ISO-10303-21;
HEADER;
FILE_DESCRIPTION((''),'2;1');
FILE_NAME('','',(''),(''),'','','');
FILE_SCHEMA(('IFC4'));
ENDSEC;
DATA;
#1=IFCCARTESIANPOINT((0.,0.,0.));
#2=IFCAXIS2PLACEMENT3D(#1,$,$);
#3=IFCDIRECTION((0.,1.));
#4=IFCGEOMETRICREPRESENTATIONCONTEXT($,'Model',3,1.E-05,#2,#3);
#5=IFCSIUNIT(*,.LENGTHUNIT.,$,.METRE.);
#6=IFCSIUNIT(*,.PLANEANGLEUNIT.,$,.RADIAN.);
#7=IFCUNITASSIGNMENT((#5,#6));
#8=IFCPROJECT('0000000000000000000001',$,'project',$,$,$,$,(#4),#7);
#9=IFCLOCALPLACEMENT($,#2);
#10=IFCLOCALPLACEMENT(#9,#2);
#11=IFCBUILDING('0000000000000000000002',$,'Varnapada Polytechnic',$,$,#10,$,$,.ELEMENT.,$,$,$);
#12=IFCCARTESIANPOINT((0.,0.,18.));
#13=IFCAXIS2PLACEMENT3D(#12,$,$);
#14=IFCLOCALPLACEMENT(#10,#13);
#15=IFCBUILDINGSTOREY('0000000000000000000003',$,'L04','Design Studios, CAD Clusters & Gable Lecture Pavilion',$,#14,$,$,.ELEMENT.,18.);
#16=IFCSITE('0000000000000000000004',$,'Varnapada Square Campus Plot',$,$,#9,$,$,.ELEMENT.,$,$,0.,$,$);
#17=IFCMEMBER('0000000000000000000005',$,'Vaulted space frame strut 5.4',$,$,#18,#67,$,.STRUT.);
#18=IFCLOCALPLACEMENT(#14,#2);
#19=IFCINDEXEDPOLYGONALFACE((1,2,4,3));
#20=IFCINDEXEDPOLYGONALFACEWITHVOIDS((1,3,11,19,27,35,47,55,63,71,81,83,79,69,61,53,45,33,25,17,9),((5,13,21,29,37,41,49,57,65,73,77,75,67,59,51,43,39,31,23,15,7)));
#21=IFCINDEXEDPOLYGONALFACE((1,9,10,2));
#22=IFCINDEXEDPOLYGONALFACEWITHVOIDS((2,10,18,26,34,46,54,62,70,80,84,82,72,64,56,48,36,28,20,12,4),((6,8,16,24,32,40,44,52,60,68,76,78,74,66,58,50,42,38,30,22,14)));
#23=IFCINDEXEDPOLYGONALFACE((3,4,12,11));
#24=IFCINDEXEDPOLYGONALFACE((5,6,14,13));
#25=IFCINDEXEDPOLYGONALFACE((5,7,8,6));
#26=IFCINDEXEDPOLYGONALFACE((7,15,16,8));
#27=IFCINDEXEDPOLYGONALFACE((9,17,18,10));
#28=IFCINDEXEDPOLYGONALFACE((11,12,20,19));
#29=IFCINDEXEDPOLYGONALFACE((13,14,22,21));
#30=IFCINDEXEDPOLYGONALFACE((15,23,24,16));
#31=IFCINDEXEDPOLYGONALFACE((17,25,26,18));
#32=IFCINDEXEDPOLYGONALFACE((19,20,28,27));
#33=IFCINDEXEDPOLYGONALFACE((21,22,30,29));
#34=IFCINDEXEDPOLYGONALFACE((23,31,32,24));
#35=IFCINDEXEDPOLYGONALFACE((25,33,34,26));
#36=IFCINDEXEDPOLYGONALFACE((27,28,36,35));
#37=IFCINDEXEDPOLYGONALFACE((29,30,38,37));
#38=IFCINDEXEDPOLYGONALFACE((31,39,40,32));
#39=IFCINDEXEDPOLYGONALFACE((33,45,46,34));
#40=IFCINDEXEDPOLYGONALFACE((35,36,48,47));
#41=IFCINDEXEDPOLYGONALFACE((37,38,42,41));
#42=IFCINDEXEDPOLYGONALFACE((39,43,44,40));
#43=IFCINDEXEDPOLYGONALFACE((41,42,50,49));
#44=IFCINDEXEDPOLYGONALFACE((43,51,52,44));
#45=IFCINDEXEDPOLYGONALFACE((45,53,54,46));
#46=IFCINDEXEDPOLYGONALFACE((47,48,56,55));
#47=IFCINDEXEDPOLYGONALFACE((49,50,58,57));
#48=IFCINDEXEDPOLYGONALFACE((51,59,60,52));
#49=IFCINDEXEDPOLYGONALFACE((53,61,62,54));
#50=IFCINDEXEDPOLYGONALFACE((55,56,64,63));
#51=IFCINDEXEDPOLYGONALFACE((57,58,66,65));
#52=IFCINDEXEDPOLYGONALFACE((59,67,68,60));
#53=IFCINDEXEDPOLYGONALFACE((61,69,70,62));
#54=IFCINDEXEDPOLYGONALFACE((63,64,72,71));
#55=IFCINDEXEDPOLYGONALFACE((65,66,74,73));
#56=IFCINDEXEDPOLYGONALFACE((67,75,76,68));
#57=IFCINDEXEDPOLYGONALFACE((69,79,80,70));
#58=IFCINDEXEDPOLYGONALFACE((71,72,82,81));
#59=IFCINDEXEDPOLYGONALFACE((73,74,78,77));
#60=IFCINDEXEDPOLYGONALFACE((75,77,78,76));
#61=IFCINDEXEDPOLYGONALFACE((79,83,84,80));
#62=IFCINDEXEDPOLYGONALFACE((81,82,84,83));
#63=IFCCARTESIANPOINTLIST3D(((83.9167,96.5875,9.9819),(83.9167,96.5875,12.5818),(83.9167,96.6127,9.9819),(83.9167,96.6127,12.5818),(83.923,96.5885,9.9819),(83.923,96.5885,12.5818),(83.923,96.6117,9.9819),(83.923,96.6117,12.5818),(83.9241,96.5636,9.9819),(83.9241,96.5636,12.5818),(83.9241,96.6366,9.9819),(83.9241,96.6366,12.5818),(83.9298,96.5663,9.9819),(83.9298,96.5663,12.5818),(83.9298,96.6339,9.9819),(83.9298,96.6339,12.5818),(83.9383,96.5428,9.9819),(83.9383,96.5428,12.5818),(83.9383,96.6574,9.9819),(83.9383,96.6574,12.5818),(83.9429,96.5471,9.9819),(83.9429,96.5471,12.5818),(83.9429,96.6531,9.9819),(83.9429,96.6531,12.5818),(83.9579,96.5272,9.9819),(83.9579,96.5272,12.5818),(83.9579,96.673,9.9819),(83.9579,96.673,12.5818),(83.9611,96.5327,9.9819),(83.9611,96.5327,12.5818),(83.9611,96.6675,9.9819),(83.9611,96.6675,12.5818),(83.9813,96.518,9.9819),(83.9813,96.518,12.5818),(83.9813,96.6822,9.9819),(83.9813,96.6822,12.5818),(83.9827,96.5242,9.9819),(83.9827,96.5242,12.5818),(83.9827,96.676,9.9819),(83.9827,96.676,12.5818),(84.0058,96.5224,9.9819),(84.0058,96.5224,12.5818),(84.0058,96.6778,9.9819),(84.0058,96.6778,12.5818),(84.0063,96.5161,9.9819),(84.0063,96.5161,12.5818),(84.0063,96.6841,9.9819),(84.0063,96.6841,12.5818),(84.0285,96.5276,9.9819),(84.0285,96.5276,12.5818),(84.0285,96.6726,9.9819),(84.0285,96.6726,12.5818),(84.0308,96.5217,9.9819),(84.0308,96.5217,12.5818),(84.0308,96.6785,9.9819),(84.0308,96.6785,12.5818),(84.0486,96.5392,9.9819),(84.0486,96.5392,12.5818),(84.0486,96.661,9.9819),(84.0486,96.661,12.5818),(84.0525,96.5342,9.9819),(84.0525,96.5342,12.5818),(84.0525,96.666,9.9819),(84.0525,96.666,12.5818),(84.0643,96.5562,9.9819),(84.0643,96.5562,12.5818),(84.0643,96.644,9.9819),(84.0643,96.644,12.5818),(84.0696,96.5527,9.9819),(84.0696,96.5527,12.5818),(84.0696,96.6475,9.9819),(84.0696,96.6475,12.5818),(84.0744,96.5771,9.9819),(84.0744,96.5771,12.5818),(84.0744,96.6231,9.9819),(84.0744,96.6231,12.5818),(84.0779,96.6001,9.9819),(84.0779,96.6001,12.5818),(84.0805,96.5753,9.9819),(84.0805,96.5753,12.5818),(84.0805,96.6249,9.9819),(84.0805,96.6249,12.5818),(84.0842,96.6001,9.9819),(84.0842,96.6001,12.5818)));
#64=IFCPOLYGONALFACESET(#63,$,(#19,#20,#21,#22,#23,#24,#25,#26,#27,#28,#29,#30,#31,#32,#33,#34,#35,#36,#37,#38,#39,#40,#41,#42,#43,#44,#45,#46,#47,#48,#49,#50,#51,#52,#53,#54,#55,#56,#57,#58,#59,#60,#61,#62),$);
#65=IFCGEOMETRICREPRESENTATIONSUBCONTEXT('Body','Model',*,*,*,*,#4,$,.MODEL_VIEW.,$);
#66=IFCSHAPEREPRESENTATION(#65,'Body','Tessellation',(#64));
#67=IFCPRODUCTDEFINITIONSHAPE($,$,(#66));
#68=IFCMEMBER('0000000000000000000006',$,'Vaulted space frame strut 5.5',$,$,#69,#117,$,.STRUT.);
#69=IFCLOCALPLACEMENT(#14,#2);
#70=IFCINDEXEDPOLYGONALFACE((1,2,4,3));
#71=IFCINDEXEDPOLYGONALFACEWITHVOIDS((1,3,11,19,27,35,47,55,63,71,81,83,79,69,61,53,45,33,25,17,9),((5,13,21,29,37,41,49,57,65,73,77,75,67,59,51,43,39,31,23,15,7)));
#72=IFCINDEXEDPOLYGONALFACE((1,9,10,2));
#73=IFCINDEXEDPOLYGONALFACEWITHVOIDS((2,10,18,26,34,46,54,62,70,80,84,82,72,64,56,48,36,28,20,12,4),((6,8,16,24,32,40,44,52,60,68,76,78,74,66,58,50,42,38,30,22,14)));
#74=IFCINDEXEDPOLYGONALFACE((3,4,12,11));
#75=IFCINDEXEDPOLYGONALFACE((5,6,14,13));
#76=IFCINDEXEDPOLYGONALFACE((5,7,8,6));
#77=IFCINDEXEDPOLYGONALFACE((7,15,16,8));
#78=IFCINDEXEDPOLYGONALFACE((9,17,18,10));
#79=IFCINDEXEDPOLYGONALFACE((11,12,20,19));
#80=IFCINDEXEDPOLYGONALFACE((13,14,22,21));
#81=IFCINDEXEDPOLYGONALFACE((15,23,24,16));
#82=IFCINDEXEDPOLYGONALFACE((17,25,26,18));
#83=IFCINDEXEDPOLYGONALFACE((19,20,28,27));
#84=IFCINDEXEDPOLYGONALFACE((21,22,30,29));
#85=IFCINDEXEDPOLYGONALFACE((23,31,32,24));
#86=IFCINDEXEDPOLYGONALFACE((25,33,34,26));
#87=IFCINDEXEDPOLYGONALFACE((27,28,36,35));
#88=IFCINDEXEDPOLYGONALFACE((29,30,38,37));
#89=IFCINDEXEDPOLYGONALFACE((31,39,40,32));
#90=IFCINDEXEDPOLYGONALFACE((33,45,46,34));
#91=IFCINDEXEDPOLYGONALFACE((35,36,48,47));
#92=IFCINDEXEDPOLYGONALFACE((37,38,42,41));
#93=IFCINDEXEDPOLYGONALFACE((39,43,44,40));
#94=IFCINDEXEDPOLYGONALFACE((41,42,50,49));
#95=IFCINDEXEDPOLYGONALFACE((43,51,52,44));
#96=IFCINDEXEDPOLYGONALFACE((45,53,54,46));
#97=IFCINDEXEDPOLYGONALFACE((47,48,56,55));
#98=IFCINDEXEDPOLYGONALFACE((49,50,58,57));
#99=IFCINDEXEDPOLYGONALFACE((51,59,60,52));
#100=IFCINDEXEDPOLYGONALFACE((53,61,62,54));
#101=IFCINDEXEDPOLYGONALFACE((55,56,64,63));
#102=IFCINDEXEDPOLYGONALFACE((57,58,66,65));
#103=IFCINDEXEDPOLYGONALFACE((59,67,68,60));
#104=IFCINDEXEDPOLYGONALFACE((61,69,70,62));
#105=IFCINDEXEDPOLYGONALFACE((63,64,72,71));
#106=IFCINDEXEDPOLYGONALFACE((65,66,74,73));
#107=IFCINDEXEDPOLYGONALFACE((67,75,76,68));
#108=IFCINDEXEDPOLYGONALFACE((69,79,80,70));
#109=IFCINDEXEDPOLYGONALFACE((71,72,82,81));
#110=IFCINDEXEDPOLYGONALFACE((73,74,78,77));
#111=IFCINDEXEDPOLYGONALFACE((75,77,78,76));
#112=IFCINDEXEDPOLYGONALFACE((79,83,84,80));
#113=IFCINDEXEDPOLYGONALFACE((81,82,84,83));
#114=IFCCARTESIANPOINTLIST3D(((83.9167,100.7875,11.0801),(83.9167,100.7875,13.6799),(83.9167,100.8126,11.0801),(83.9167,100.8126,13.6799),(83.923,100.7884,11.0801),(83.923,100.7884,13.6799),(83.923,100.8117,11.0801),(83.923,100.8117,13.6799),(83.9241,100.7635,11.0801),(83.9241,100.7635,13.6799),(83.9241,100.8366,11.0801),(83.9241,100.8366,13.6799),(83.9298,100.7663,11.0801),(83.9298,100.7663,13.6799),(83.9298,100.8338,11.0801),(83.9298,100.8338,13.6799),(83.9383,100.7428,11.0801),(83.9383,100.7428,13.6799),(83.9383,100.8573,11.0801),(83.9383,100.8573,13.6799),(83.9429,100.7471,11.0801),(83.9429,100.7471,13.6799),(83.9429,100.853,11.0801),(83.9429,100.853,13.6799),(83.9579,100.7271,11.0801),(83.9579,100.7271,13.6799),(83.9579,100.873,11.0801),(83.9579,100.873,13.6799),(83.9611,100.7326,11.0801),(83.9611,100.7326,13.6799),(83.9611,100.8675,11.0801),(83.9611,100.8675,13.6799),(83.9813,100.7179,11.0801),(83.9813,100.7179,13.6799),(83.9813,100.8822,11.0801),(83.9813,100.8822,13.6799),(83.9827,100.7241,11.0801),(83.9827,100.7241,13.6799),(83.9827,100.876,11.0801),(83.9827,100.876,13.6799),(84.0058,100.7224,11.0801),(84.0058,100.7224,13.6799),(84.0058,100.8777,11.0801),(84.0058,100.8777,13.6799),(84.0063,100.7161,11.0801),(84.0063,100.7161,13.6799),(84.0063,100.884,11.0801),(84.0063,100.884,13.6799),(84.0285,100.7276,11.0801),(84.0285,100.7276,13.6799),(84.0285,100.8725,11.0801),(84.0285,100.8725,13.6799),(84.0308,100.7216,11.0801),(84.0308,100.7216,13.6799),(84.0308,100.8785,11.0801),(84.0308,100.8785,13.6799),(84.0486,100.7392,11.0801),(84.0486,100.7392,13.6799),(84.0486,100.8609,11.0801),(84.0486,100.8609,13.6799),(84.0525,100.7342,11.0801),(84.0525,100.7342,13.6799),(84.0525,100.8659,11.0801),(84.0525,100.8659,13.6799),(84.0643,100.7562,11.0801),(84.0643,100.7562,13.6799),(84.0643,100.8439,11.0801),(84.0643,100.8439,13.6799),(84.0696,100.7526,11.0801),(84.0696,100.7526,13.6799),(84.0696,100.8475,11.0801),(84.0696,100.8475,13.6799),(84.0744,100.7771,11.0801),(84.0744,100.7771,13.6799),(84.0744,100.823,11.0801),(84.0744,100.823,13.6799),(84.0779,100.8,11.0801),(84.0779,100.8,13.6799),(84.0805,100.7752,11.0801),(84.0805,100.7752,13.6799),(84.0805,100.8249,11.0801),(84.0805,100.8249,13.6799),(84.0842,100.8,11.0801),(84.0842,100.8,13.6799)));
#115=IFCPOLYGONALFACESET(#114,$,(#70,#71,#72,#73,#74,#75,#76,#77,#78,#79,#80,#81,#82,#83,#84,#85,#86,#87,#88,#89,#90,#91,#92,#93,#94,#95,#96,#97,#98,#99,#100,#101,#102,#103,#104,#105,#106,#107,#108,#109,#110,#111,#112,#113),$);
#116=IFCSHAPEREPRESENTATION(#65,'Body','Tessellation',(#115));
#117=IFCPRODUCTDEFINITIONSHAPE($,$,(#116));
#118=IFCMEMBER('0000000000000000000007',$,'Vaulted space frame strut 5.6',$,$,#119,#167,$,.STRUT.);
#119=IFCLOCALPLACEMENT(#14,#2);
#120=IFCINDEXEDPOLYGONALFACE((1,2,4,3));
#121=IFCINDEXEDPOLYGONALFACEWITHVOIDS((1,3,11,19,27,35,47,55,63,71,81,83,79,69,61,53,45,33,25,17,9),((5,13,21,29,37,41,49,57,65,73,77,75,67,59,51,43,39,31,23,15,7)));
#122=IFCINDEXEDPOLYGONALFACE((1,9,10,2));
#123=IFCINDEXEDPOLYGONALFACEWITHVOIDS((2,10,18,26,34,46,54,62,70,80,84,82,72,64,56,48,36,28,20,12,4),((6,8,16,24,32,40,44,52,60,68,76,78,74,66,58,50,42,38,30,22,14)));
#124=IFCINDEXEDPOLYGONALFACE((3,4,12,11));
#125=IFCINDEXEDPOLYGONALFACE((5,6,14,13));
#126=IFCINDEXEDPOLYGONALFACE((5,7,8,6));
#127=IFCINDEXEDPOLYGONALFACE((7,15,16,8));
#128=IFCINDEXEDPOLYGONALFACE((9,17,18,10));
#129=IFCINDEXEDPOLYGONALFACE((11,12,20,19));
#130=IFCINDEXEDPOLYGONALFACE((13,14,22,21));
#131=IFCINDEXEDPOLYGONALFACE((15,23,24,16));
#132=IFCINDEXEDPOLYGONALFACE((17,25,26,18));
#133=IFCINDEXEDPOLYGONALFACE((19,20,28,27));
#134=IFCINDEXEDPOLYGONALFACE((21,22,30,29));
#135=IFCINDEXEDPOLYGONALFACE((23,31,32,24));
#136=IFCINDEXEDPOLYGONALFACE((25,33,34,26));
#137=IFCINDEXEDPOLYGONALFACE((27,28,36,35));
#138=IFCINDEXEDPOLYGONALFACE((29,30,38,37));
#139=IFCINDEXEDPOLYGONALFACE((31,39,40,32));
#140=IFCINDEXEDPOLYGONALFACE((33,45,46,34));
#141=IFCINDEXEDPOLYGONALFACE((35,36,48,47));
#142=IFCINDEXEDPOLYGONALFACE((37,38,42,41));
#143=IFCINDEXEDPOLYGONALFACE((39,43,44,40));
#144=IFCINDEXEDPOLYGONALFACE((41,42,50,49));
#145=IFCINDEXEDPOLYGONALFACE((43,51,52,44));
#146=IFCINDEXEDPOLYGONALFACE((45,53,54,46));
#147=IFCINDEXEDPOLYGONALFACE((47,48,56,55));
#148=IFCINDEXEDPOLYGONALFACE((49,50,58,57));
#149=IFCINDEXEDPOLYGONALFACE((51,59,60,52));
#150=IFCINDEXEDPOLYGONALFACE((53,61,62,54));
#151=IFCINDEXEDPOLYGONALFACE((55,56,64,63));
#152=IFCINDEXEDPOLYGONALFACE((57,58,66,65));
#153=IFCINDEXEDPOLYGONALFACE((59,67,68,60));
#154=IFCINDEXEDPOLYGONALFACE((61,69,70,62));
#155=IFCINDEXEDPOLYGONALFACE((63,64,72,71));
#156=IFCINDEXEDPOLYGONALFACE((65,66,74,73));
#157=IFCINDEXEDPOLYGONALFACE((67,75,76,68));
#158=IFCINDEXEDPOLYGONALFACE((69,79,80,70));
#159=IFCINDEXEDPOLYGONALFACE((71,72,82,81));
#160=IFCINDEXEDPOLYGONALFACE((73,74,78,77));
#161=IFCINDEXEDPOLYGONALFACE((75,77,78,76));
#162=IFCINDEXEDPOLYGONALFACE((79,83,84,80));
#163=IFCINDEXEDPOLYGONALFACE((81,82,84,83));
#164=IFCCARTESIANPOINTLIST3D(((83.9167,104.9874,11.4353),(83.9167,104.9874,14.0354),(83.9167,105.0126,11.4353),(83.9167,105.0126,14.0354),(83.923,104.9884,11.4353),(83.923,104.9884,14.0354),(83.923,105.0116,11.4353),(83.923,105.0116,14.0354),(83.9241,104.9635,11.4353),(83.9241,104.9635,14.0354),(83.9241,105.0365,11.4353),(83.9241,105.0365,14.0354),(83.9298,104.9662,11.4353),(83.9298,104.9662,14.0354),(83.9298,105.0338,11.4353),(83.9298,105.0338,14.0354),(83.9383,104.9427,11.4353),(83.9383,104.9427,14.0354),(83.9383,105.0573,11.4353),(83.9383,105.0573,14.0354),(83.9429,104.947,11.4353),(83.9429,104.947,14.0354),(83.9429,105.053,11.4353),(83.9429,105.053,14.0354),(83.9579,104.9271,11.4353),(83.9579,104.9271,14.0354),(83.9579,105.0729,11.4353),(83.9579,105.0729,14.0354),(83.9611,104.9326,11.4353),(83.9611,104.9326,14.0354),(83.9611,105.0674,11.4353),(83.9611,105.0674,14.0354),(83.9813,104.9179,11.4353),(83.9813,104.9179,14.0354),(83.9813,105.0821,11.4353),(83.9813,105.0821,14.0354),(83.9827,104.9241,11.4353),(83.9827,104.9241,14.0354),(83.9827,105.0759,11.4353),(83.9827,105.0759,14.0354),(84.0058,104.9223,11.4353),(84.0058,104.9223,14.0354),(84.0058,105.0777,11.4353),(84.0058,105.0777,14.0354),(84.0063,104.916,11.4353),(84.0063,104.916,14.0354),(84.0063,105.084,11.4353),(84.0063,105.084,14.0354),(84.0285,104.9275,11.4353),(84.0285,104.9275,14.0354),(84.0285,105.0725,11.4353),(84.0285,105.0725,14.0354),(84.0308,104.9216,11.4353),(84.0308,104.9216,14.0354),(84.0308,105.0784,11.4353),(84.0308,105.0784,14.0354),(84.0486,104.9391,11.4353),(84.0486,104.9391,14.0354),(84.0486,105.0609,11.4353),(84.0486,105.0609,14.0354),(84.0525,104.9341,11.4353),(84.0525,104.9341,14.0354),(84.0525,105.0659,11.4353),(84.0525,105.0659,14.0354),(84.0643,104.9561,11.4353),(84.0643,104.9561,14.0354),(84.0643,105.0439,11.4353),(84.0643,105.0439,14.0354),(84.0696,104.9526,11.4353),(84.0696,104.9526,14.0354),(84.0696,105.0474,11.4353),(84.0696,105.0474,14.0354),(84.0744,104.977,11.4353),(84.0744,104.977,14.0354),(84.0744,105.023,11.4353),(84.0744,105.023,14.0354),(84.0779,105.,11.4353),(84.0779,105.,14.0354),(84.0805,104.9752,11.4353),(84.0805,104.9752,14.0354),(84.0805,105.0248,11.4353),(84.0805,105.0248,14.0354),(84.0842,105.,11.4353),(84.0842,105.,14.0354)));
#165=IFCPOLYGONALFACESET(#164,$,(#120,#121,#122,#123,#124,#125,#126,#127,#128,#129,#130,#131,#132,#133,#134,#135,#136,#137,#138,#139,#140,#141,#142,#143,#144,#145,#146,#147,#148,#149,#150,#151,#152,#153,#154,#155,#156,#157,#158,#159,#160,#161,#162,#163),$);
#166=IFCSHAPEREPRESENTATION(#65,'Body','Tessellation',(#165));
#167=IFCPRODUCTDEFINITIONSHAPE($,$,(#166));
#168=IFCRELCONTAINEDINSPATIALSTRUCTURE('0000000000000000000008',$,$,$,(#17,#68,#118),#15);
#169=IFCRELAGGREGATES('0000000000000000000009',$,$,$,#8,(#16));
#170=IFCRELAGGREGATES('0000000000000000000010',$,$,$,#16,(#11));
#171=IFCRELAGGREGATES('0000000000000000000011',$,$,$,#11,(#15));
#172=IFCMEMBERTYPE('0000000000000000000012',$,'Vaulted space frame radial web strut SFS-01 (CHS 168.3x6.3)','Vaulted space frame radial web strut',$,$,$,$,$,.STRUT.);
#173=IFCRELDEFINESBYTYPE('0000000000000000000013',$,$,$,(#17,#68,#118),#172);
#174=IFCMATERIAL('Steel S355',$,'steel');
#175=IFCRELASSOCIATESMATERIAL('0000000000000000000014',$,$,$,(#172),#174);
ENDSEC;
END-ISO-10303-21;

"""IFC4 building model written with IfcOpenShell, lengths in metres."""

from ifc_helpers import new_model, si_unit, direction, frame, origin, origin_2d, place, context, subcontext, project, spatial, hollow_circle, extrude, material, material_profile, profile_set, type_object, element, save


model = new_model("IFC4")

# Units and contexts
model_context = context("Model", 3, precision=1e-05, world=origin(), true_north=direction((0.0, 1.0)))
body_context = subcontext(model_context, "Body", "Model", "MODEL_VIEW")
ifc_project = project(units=[si_unit("LENGTHUNIT", "METRE"), si_unit("PLANEANGLEUNIT", "RADIAN")], contexts=[model_context])

# Site, building, storey
site_placement = place(None, origin())
site = spatial("IfcSite", under=ifc_project, at=site_placement, Name="Varnapada Square Campus Plot", CompositionType="ELEMENT", RefElevation=0.0)
building_placement = place(site_placement, origin())
building = spatial("IfcBuilding", under=site, at=building_placement, Name="Varnapada Polytechnic", CompositionType="ELEMENT")
storey_placement = place(building_placement, frame((0.0, 0.0, 18.0)))
storey = spatial("IfcBuildingStorey", under=building, at=storey_placement, Name="L04", Description="Design Studios, CAD Clusters & Gable Lecture Pavilion", CompositionType="ELEMENT", Elevation=18.0)

# Shared definitions
ifc_material = material(Name="Steel S355", Category="steel")

# Members
ifc_material_profile_1 = material_profile(ifc_material, hollow_circle(Radius=0.0842, WallThickness=0.0063, at=origin_2d()), Name="CHS 168.3x6.3")
ifc_profile_set_1 = profile_set([ifc_material_profile_1], Name="Steel S355")
member_type_1 = type_object("IfcMemberType", Name="Vaulted space frame radial web strut SFS-01 (CHS 168.3x6.3)", Description="Vaulted space frame radial web strut", PredefinedType="STRUT", material=ifc_profile_set_1)
for number, where, z_axis, x_axis, name in (
    (1, (84.0, 96.6001, 9.9819), (0.0, 0.0, 1.0), (1.0, 0.0, 0.0), "Vaulted space frame strut 5.4"),
    (2, (84.0, 100.8, 11.0801), (0.0, 0.0, 1.0), (1.0, 0.0, 0.0), "Vaulted space frame strut 5.5"),
):
    element("IfcMember", number, at=place(storey_placement, frame(where, z_axis=z_axis, x_axis=x_axis)), inside=storey, type_object=member_type_1, Name=name, PredefinedType="STRUT", context=body_context, shape_type="SweptSolid", body=[
        extrude(hollow_circle(Radius=0.0842, WallThickness=0.0063, at=origin_2d()), origin(), (0.0, 0.0, 1.0), 2.5999),
    ])
member_1_placement = place(storey_placement, frame((84.0, 105.0, 11.4353), z_axis=(0.0, 0.0, 1.0), x_axis=(1.0, 0.0, 0.0)))
element("IfcMember", 3, at=member_1_placement, inside=storey, type_object=member_type_1, Name="Vaulted space frame strut 5.6", PredefinedType="STRUT", context=body_context, shape_type="SweptSolid", body=[
    extrude(hollow_circle(Radius=0.0842, WallThickness=0.0063, at=origin_2d()), origin(), (0.0, 0.0, 1.0), 2.6001),
])

save(model, "model.ifc")
